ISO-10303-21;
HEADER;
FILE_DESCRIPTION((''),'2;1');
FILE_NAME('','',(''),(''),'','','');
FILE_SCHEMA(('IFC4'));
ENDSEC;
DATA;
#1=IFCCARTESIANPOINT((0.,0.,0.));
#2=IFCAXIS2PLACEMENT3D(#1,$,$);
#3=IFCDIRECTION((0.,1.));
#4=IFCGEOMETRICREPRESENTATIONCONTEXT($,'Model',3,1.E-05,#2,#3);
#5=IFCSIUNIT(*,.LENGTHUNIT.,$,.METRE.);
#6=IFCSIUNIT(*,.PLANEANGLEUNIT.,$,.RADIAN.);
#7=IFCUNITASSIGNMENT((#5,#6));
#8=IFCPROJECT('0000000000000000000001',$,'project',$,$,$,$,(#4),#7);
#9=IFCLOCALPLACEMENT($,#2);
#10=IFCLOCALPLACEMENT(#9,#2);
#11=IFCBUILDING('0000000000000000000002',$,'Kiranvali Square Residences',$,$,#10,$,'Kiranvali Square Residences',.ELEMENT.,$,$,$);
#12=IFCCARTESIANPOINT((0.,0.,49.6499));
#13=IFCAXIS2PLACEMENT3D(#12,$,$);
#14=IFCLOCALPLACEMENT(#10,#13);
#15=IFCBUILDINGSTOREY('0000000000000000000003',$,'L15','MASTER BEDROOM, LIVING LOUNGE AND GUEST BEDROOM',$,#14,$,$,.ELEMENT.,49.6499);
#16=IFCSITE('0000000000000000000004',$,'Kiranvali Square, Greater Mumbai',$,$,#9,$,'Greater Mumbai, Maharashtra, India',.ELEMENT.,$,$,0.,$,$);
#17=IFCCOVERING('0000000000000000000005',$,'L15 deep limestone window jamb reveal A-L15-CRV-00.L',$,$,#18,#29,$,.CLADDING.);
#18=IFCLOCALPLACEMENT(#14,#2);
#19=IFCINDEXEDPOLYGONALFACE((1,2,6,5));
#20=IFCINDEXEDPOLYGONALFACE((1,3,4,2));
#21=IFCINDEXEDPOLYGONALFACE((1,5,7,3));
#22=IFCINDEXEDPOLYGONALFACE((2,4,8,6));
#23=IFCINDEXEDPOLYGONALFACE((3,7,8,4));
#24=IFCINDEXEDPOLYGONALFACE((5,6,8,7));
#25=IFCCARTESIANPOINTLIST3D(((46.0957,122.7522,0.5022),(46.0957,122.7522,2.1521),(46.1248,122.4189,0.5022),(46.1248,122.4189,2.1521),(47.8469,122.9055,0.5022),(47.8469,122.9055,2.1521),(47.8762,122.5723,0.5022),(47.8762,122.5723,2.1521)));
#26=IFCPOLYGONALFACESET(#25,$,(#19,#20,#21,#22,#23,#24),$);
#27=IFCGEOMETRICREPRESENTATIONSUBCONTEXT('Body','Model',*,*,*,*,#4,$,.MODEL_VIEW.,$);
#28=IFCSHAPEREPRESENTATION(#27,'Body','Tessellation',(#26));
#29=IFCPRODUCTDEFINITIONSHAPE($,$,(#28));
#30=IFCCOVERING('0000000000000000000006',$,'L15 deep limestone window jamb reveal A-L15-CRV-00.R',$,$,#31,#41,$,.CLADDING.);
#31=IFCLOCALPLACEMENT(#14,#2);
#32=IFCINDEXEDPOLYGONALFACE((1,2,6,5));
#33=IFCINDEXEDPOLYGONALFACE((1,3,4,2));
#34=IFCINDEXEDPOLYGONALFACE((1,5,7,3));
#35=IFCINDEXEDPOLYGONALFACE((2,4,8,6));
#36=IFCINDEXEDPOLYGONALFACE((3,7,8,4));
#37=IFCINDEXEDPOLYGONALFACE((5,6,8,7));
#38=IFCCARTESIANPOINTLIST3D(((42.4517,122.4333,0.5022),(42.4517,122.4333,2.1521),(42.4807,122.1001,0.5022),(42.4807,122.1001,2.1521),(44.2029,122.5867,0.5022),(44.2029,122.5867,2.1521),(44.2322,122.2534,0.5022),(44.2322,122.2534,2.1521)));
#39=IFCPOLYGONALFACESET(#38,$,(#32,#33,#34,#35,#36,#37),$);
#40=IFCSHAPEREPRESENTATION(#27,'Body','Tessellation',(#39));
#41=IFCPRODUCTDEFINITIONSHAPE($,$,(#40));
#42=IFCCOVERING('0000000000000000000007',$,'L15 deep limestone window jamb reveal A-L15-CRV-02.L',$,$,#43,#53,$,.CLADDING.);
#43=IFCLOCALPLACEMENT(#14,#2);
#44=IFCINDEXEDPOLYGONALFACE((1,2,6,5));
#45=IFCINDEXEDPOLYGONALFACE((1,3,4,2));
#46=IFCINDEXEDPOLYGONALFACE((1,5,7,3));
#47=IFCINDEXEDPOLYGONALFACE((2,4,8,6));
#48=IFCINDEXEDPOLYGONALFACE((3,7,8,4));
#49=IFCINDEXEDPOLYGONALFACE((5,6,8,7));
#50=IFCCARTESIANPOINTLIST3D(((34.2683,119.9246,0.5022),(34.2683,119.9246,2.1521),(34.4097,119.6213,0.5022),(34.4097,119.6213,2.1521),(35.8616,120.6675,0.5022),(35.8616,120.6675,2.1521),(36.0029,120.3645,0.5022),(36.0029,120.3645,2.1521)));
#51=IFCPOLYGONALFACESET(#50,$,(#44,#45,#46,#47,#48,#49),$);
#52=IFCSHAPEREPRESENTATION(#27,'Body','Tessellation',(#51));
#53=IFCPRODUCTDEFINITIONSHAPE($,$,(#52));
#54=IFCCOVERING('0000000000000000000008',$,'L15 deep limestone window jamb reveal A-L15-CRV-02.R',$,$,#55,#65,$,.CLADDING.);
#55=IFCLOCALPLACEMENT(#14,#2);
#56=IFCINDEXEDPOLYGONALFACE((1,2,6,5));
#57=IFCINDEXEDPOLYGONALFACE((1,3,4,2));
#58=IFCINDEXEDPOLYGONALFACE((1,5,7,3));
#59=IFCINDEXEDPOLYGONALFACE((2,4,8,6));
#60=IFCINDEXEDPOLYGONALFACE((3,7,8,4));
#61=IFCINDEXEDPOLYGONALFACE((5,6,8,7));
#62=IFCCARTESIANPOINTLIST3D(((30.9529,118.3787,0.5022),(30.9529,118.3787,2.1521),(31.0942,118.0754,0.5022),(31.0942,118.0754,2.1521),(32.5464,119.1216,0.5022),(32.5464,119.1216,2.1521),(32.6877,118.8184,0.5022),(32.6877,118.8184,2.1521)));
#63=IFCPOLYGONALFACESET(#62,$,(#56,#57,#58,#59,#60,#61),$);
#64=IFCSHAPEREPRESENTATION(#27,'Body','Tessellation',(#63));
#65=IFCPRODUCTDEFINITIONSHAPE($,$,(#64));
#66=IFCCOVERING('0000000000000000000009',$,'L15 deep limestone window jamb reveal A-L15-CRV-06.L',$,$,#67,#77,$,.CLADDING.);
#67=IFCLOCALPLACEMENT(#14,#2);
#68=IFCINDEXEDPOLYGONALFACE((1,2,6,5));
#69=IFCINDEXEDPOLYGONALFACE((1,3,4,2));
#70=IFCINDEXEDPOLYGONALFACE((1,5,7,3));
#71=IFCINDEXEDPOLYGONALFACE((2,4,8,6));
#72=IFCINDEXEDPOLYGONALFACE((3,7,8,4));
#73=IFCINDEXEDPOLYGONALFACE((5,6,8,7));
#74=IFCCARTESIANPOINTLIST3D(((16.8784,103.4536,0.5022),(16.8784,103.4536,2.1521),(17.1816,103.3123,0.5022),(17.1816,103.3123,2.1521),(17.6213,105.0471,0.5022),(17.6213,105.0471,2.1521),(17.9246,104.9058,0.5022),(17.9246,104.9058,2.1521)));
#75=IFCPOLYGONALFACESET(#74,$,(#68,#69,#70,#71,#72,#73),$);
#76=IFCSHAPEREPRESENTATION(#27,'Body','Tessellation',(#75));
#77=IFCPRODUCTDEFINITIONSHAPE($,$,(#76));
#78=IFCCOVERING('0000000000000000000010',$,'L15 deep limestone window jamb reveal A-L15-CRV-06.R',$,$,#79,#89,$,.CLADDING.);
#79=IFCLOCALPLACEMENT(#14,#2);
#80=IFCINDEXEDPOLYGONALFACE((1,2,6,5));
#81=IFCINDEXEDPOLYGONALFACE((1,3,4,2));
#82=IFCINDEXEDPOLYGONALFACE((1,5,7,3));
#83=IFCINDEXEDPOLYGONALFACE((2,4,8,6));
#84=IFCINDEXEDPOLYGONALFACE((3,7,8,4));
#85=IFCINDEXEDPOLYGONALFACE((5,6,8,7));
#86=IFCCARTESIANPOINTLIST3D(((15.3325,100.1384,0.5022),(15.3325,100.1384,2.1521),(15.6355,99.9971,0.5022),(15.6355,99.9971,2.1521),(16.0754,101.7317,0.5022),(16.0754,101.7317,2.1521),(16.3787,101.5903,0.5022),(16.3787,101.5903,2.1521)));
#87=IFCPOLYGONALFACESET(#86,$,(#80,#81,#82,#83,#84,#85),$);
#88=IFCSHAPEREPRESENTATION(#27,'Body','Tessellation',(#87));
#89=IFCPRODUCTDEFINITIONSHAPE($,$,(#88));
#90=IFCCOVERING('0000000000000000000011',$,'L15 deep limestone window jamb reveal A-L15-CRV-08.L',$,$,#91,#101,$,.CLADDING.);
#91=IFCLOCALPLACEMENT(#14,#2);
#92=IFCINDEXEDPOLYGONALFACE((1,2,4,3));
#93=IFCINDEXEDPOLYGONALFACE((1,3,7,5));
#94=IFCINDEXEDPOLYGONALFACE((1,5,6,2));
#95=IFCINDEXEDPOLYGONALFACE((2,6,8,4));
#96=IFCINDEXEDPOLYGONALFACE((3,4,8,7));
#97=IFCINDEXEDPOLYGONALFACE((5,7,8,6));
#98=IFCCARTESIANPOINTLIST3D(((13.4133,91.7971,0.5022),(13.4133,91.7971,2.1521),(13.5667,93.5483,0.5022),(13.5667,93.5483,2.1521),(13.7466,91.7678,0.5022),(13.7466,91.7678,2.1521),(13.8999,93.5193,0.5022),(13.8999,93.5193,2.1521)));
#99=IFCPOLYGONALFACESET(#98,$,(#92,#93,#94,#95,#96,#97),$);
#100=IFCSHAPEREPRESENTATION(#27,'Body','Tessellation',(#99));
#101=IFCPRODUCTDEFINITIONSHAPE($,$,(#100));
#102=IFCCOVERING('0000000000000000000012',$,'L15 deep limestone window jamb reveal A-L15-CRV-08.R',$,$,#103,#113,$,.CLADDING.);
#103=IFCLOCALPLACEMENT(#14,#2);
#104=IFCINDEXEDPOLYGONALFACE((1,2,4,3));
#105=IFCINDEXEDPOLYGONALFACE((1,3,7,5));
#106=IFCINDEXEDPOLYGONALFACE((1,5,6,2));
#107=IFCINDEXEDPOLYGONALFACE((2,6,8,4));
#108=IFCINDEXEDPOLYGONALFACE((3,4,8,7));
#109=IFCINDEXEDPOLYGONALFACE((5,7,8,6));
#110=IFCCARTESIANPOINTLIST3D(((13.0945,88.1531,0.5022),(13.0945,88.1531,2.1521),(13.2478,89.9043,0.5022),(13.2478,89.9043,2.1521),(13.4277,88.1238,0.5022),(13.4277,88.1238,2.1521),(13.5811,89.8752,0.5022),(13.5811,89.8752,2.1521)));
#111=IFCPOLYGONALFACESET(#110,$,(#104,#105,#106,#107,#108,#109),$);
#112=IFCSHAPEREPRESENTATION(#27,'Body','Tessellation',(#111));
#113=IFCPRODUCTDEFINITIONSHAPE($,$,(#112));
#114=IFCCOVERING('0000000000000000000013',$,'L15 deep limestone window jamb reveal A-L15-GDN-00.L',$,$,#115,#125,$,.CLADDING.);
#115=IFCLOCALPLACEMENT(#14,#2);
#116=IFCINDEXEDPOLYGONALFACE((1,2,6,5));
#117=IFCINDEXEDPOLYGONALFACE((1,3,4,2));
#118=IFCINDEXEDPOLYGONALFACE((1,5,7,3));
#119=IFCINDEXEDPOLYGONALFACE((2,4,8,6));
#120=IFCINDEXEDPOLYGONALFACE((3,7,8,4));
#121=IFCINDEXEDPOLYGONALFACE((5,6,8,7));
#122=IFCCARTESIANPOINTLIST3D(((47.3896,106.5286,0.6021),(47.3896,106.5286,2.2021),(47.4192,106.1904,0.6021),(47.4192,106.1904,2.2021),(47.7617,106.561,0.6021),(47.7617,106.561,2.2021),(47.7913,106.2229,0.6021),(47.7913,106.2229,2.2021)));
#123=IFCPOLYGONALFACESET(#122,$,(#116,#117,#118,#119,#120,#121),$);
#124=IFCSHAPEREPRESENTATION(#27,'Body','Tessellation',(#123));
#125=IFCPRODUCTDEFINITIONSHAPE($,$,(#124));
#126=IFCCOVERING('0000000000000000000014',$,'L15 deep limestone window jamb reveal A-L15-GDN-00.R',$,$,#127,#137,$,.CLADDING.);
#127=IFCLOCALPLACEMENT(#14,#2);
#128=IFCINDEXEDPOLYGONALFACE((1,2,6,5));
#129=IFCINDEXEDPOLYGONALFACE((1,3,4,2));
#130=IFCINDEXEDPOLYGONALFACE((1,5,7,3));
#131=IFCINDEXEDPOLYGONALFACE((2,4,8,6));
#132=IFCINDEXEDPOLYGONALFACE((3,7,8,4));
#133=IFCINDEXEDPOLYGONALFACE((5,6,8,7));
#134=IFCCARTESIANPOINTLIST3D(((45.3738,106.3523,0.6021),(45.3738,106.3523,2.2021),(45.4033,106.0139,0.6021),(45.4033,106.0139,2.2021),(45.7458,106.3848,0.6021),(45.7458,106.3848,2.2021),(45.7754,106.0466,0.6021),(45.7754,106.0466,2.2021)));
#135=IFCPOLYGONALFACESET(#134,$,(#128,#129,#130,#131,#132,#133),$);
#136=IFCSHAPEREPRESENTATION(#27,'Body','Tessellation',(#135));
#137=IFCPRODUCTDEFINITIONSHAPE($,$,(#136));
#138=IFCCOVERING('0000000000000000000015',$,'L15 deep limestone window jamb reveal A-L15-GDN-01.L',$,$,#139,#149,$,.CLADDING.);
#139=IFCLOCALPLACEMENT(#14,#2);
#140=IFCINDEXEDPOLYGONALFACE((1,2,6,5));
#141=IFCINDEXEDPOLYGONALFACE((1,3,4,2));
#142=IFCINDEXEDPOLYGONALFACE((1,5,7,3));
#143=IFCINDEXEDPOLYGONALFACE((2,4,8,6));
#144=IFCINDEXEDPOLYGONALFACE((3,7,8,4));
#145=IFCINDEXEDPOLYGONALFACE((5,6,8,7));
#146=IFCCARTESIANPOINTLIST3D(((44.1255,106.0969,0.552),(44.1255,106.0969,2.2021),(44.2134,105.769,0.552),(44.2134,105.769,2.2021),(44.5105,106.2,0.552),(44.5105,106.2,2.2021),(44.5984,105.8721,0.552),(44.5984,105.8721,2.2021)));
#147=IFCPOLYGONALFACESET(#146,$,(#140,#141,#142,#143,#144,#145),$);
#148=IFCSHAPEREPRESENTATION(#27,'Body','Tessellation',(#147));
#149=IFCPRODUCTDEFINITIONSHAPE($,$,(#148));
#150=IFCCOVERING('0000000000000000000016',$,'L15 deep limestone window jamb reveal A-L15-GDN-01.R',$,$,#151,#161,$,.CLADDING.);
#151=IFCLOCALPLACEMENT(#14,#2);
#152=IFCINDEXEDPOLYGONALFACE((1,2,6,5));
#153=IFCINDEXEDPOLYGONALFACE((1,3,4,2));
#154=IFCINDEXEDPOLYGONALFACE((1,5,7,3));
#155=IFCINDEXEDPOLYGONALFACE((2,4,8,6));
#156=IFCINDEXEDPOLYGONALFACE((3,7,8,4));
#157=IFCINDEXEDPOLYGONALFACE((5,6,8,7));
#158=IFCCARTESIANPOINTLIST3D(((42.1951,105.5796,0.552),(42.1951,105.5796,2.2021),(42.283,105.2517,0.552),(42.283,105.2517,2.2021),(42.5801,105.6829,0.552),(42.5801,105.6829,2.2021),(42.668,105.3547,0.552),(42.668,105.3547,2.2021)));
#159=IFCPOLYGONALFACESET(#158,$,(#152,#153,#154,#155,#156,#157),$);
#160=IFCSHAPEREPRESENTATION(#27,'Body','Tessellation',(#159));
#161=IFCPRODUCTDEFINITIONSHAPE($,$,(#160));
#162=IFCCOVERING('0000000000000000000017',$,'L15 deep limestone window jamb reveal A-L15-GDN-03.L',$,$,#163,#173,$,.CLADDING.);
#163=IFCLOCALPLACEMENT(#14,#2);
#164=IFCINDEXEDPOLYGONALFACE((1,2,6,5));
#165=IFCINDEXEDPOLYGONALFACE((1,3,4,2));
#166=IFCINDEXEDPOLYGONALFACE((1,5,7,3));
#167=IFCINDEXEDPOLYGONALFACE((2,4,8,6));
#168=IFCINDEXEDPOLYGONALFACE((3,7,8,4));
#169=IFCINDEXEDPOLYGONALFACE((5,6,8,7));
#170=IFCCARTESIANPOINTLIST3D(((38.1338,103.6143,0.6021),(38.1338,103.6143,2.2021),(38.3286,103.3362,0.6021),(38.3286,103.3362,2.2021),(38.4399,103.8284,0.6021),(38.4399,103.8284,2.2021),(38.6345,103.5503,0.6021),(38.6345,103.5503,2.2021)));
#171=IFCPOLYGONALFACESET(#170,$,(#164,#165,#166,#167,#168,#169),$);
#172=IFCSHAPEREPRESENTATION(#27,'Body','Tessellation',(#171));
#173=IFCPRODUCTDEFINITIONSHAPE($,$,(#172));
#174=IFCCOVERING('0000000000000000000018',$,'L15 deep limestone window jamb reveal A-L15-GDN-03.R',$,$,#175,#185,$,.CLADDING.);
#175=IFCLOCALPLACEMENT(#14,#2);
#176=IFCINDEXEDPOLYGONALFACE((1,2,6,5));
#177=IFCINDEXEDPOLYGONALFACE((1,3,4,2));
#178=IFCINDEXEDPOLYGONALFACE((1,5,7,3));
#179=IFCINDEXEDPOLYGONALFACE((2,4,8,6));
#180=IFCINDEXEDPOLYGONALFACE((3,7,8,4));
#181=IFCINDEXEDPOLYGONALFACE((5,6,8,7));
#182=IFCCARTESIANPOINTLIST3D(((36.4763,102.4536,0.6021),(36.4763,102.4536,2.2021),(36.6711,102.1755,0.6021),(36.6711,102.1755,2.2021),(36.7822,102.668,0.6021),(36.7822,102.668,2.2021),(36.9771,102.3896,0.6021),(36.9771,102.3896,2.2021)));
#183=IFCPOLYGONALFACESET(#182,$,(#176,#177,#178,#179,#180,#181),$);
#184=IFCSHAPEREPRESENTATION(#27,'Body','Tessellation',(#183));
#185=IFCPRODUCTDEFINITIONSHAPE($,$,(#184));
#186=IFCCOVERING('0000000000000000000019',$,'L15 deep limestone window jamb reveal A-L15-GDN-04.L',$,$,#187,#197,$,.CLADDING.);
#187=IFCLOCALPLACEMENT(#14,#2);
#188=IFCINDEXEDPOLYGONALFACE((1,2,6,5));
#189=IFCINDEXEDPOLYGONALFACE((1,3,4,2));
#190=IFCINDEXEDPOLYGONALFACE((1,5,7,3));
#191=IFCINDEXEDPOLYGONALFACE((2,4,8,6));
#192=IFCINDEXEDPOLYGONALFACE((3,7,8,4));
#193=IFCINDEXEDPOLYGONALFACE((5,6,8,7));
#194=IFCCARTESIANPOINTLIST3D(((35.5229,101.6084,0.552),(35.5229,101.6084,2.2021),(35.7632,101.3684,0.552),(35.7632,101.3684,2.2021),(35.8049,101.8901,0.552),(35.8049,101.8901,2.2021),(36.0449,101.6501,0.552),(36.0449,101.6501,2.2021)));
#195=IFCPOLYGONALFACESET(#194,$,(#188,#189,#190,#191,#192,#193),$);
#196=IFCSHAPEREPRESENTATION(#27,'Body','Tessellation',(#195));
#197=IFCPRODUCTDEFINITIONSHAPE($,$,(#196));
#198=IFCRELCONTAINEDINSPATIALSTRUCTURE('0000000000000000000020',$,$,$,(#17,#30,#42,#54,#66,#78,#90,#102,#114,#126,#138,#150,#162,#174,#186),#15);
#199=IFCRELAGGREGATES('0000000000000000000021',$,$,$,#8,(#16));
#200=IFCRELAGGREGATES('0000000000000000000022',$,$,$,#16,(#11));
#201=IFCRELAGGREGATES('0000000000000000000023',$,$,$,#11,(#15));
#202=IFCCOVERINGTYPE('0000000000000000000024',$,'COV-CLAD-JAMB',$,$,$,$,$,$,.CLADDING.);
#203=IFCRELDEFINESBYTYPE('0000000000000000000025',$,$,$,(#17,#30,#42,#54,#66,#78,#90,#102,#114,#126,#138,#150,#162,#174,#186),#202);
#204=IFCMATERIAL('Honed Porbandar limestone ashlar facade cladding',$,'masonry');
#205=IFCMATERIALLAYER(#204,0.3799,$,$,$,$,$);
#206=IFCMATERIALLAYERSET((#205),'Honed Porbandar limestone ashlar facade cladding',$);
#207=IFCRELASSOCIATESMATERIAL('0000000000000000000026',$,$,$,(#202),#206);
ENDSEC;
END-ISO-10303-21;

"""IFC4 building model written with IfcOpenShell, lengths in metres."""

from ifc_helpers import new_model, si_unit, direction, frame, origin, place, context, subcontext, project, spatial, polyline, outline, extrude, material, layer, layer_set, type_object, element, save


model = new_model("IFC4")

# Units and contexts
model_context = context("Model", 3, precision=1e-05, world=origin(), true_north=direction((0.0, 1.0)))
body_context = subcontext(model_context, "Body", "Model", "MODEL_VIEW")
ifc_project = project(units=[si_unit("LENGTHUNIT", "METRE"), si_unit("PLANEANGLEUNIT", "RADIAN")], contexts=[model_context])

# Site, building, storey
site_placement = place(None, origin())
site = spatial("IfcSite", under=ifc_project, at=site_placement, Name="Kiranvali Square, Greater Mumbai", LongName="Greater Mumbai, Maharashtra, India", CompositionType="ELEMENT", RefElevation=0.0)
building_placement = place(site_placement, origin())
building = spatial("IfcBuilding", under=site, at=building_placement, Name="Kiranvali Square Residences", LongName="Kiranvali Square Residences", CompositionType="ELEMENT")
storey_placement = place(building_placement, frame((0.0, 0.0, 49.6499)))
storey = spatial("IfcBuildingStorey", under=building, at=storey_placement, Name="L15", Description="MASTER BEDROOM, LIVING LOUNGE AND GUEST BEDROOM", CompositionType="ELEMENT", Elevation=49.6499)

# Coverings
ifc_material = material(Name="Honed Porbandar limestone ashlar facade cladding", Category="masonry")
ifc_layer_1 = layer(ifc_material, 0.3799)
ifc_layer_set_1 = layer_set([ifc_layer_1], Name="Honed Porbandar limestone ashlar facade cladding")
covering_type_1 = type_object("IfcCoveringType", Name="COV-CLAD-JAMB", PredefinedType="CLADDING", material=ifc_layer_set_1)
covering_1_placement = place(storey_placement, frame((0.0, 0.0, 0.5022)))
element("IfcCovering", 1, at=covering_1_placement, inside=storey, type_object=covering_type_1, Name="L15 deep limestone window jamb reveal A-L15-CRV-00.L", PredefinedType="CLADDING", context=body_context, shape_type="SweptSolid", body=[
    extrude(outline(polyline([(47.8469, 122.9055), (46.0957, 122.7522), (46.1248, 122.4189), (47.8762, 122.5723), (47.8469, 122.9055)])), origin(), (0.0, 0.0, 1.0), 1.6499),
])
covering_2_placement = place(storey_placement, frame((0.0, 0.0, 0.5022)))
element("IfcCovering", 2, at=covering_2_placement, inside=storey, type_object=covering_type_1, Name="L15 deep limestone window jamb reveal A-L15-CRV-00.R", PredefinedType="CLADDING", context=body_context, shape_type="SweptSolid", body=[
    extrude(outline(polyline([(44.2029, 122.5867), (42.4517, 122.4333), (42.4807, 122.1001), (44.2322, 122.2534), (44.2029, 122.5867)])), origin(), (0.0, 0.0, 1.0), 1.6499),
])
covering_3_placement = place(storey_placement, frame((0.0, 0.0, 0.5022)))
element("IfcCovering", 3, at=covering_3_placement, inside=storey, type_object=covering_type_1, Name="L15 deep limestone window jamb reveal A-L15-CRV-02.L", PredefinedType="CLADDING", context=body_context, shape_type="SweptSolid", body=[
    extrude(outline(polyline([(35.8616, 120.6675), (34.2683, 119.9246), (34.4097, 119.6213), (36.0029, 120.3645), (35.8616, 120.6675)])), origin(), (0.0, 0.0, 1.0), 1.6499),
])
covering_4_placement = place(storey_placement, frame((0.0, 0.0, 0.5022)))
element("IfcCovering", 4, at=covering_4_placement, inside=storey, type_object=covering_type_1, Name="L15 deep limestone window jamb reveal A-L15-CRV-02.R", PredefinedType="CLADDING", context=body_context, shape_type="SweptSolid", body=[
    extrude(outline(polyline([(32.5464, 119.1216), (30.9529, 118.3787), (31.0942, 118.0754), (32.6877, 118.8184), (32.5464, 119.1216)])), origin(), (0.0, 0.0, 1.0), 1.6499),
])
covering_5_placement = place(storey_placement, frame((0.0, 0.0, 0.5022)))
element("IfcCovering", 5, at=covering_5_placement, inside=storey, type_object=covering_type_1, Name="L15 deep limestone window jamb reveal A-L15-CRV-06.L", PredefinedType="CLADDING", context=body_context, shape_type="SweptSolid", body=[
    extrude(outline(polyline([(17.6213, 105.0471), (16.8784, 103.4536), (17.1816, 103.3123), (17.9246, 104.9058), (17.6213, 105.0471)])), origin(), (0.0, 0.0, 1.0), 1.6499),
])
covering_6_placement = place(storey_placement, frame((0.0, 0.0, 0.5022)))
element("IfcCovering", 6, at=covering_6_placement, inside=storey, type_object=covering_type_1, Name="L15 deep limestone window jamb reveal A-L15-CRV-06.R", PredefinedType="CLADDING", context=body_context, shape_type="SweptSolid", body=[
    extrude(outline(polyline([(16.0754, 101.7317), (15.3325, 100.1384), (15.6355, 99.9971), (16.3787, 101.5903), (16.0754, 101.7317)])), origin(), (0.0, 0.0, 1.0), 1.6499),
])
covering_7_placement = place(storey_placement, frame((0.0, 0.0, 0.5022)))
element("IfcCovering", 7, at=covering_7_placement, inside=storey, type_object=covering_type_1, Name="L15 deep limestone window jamb reveal A-L15-CRV-08.L", PredefinedType="CLADDING", context=body_context, shape_type="SweptSolid", body=[
    extrude(outline(polyline([(13.5667, 93.5483), (13.4133, 91.7971), (13.7466, 91.7678), (13.8999, 93.5193), (13.5667, 93.5483)])), origin(), (0.0, 0.0, 1.0), 1.6499),
])
covering_8_placement = place(storey_placement, frame((0.0, 0.0, 0.5022)))
element("IfcCovering", 8, at=covering_8_placement, inside=storey, type_object=covering_type_1, Name="L15 deep limestone window jamb reveal A-L15-CRV-08.R", PredefinedType="CLADDING", context=body_context, shape_type="SweptSolid", body=[
    extrude(outline(polyline([(13.2478, 89.9043), (13.0945, 88.1531), (13.4277, 88.1238), (13.5811, 89.8752), (13.2478, 89.9043)])), origin(), (0.0, 0.0, 1.0), 1.6499),
])
covering_9_placement = place(storey_placement, frame((0.0, 0.0, 0.6021)))
element("IfcCovering", 9, at=covering_9_placement, inside=storey, type_object=covering_type_1, Name="L15 deep limestone window jamb reveal A-L15-GDN-00.L", PredefinedType="CLADDING", context=body_context, shape_type="SweptSolid", body=[
    extrude(outline(polyline([(47.7617, 106.561), (47.3896, 106.5286), (47.4192, 106.1904), (47.7913, 106.2229), (47.7617, 106.561)])), origin(), (0.0, 0.0, 1.0), 1.6001),
])
covering_10_placement = place(storey_placement, frame((0.0, 0.0, 0.6021)))
element("IfcCovering", 10, at=covering_10_placement, inside=storey, type_object=covering_type_1, Name="L15 deep limestone window jamb reveal A-L15-GDN-00.R", PredefinedType="CLADDING", context=body_context, shape_type="SweptSolid", body=[
    extrude(outline(polyline([(45.7458, 106.3848), (45.3738, 106.3523), (45.4033, 106.0139), (45.7754, 106.0466), (45.7458, 106.3848)])), origin(), (0.0, 0.0, 1.0), 1.6001),
])
covering_11_placement = place(storey_placement, frame((0.0, 0.0, 0.552)))
element("IfcCovering", 11, at=covering_11_placement, inside=storey, type_object=covering_type_1, Name="L15 deep limestone window jamb reveal A-L15-GDN-01.L", PredefinedType="CLADDING", context=body_context, shape_type="SweptSolid", body=[
    extrude(outline(polyline([(44.5105, 106.2), (44.1255, 106.0969), (44.2134, 105.769), (44.5984, 105.8721), (44.5105, 106.2)])), origin(), (0.0, 0.0, 1.0), 1.6501),
])
covering_12_placement = place(storey_placement, frame((0.0, 0.0, 0.552)))
element("IfcCovering", 12, at=covering_12_placement, inside=storey, type_object=covering_type_1, Name="L15 deep limestone window jamb reveal A-L15-GDN-01.R", PredefinedType="CLADDING", context=body_context, shape_type="SweptSolid", body=[
    extrude(outline(polyline([(42.5801, 105.6829), (42.1951, 105.5796), (42.283, 105.2517), (42.668, 105.3547), (42.5801, 105.6829)])), origin(), (0.0, 0.0, 1.0), 1.6501),
])
covering_13_placement = place(storey_placement, frame((0.0, 0.0, 0.6021)))
element("IfcCovering", 13, at=covering_13_placement, inside=storey, type_object=covering_type_1, Name="L15 deep limestone window jamb reveal A-L15-GDN-03.L", PredefinedType="CLADDING", context=body_context, shape_type="SweptSolid", body=[
    extrude(outline(polyline([(38.4399, 103.8284), (38.1338, 103.6143), (38.3286, 103.3362), (38.6345, 103.5503), (38.4399, 103.8284)])), origin(), (0.0, 0.0, 1.0), 1.6001),
])
covering_14_placement = place(storey_placement, frame((0.0, 0.0, 0.6021)))
element("IfcCovering", 14, at=covering_14_placement, inside=storey, type_object=covering_type_1, Name="L15 deep limestone window jamb reveal A-L15-GDN-03.R", PredefinedType="CLADDING", context=body_context, shape_type="SweptSolid", body=[
    extrude(outline(polyline([(36.7822, 102.668), (36.4763, 102.4536), (36.6711, 102.1755), (36.9771, 102.3896), (36.7822, 102.668)])), origin(), (0.0, 0.0, 1.0), 1.6001),
])
covering_15_placement = place(storey_placement, frame((0.0, 0.0, 0.552)))
element("IfcCovering", 15, at=covering_15_placement, inside=storey, type_object=covering_type_1, Name="L15 deep limestone window jamb reveal A-L15-GDN-04.L", PredefinedType="CLADDING", context=body_context, shape_type="SweptSolid", body=[
    extrude(outline(polyline([(35.8049, 101.8901), (35.5229, 101.6084), (35.7632, 101.3684), (36.0449, 101.6501), (35.8049, 101.8901)])), origin(), (0.0, 0.0, 1.0), 1.6501),
])

save(model, "model.ifc")
